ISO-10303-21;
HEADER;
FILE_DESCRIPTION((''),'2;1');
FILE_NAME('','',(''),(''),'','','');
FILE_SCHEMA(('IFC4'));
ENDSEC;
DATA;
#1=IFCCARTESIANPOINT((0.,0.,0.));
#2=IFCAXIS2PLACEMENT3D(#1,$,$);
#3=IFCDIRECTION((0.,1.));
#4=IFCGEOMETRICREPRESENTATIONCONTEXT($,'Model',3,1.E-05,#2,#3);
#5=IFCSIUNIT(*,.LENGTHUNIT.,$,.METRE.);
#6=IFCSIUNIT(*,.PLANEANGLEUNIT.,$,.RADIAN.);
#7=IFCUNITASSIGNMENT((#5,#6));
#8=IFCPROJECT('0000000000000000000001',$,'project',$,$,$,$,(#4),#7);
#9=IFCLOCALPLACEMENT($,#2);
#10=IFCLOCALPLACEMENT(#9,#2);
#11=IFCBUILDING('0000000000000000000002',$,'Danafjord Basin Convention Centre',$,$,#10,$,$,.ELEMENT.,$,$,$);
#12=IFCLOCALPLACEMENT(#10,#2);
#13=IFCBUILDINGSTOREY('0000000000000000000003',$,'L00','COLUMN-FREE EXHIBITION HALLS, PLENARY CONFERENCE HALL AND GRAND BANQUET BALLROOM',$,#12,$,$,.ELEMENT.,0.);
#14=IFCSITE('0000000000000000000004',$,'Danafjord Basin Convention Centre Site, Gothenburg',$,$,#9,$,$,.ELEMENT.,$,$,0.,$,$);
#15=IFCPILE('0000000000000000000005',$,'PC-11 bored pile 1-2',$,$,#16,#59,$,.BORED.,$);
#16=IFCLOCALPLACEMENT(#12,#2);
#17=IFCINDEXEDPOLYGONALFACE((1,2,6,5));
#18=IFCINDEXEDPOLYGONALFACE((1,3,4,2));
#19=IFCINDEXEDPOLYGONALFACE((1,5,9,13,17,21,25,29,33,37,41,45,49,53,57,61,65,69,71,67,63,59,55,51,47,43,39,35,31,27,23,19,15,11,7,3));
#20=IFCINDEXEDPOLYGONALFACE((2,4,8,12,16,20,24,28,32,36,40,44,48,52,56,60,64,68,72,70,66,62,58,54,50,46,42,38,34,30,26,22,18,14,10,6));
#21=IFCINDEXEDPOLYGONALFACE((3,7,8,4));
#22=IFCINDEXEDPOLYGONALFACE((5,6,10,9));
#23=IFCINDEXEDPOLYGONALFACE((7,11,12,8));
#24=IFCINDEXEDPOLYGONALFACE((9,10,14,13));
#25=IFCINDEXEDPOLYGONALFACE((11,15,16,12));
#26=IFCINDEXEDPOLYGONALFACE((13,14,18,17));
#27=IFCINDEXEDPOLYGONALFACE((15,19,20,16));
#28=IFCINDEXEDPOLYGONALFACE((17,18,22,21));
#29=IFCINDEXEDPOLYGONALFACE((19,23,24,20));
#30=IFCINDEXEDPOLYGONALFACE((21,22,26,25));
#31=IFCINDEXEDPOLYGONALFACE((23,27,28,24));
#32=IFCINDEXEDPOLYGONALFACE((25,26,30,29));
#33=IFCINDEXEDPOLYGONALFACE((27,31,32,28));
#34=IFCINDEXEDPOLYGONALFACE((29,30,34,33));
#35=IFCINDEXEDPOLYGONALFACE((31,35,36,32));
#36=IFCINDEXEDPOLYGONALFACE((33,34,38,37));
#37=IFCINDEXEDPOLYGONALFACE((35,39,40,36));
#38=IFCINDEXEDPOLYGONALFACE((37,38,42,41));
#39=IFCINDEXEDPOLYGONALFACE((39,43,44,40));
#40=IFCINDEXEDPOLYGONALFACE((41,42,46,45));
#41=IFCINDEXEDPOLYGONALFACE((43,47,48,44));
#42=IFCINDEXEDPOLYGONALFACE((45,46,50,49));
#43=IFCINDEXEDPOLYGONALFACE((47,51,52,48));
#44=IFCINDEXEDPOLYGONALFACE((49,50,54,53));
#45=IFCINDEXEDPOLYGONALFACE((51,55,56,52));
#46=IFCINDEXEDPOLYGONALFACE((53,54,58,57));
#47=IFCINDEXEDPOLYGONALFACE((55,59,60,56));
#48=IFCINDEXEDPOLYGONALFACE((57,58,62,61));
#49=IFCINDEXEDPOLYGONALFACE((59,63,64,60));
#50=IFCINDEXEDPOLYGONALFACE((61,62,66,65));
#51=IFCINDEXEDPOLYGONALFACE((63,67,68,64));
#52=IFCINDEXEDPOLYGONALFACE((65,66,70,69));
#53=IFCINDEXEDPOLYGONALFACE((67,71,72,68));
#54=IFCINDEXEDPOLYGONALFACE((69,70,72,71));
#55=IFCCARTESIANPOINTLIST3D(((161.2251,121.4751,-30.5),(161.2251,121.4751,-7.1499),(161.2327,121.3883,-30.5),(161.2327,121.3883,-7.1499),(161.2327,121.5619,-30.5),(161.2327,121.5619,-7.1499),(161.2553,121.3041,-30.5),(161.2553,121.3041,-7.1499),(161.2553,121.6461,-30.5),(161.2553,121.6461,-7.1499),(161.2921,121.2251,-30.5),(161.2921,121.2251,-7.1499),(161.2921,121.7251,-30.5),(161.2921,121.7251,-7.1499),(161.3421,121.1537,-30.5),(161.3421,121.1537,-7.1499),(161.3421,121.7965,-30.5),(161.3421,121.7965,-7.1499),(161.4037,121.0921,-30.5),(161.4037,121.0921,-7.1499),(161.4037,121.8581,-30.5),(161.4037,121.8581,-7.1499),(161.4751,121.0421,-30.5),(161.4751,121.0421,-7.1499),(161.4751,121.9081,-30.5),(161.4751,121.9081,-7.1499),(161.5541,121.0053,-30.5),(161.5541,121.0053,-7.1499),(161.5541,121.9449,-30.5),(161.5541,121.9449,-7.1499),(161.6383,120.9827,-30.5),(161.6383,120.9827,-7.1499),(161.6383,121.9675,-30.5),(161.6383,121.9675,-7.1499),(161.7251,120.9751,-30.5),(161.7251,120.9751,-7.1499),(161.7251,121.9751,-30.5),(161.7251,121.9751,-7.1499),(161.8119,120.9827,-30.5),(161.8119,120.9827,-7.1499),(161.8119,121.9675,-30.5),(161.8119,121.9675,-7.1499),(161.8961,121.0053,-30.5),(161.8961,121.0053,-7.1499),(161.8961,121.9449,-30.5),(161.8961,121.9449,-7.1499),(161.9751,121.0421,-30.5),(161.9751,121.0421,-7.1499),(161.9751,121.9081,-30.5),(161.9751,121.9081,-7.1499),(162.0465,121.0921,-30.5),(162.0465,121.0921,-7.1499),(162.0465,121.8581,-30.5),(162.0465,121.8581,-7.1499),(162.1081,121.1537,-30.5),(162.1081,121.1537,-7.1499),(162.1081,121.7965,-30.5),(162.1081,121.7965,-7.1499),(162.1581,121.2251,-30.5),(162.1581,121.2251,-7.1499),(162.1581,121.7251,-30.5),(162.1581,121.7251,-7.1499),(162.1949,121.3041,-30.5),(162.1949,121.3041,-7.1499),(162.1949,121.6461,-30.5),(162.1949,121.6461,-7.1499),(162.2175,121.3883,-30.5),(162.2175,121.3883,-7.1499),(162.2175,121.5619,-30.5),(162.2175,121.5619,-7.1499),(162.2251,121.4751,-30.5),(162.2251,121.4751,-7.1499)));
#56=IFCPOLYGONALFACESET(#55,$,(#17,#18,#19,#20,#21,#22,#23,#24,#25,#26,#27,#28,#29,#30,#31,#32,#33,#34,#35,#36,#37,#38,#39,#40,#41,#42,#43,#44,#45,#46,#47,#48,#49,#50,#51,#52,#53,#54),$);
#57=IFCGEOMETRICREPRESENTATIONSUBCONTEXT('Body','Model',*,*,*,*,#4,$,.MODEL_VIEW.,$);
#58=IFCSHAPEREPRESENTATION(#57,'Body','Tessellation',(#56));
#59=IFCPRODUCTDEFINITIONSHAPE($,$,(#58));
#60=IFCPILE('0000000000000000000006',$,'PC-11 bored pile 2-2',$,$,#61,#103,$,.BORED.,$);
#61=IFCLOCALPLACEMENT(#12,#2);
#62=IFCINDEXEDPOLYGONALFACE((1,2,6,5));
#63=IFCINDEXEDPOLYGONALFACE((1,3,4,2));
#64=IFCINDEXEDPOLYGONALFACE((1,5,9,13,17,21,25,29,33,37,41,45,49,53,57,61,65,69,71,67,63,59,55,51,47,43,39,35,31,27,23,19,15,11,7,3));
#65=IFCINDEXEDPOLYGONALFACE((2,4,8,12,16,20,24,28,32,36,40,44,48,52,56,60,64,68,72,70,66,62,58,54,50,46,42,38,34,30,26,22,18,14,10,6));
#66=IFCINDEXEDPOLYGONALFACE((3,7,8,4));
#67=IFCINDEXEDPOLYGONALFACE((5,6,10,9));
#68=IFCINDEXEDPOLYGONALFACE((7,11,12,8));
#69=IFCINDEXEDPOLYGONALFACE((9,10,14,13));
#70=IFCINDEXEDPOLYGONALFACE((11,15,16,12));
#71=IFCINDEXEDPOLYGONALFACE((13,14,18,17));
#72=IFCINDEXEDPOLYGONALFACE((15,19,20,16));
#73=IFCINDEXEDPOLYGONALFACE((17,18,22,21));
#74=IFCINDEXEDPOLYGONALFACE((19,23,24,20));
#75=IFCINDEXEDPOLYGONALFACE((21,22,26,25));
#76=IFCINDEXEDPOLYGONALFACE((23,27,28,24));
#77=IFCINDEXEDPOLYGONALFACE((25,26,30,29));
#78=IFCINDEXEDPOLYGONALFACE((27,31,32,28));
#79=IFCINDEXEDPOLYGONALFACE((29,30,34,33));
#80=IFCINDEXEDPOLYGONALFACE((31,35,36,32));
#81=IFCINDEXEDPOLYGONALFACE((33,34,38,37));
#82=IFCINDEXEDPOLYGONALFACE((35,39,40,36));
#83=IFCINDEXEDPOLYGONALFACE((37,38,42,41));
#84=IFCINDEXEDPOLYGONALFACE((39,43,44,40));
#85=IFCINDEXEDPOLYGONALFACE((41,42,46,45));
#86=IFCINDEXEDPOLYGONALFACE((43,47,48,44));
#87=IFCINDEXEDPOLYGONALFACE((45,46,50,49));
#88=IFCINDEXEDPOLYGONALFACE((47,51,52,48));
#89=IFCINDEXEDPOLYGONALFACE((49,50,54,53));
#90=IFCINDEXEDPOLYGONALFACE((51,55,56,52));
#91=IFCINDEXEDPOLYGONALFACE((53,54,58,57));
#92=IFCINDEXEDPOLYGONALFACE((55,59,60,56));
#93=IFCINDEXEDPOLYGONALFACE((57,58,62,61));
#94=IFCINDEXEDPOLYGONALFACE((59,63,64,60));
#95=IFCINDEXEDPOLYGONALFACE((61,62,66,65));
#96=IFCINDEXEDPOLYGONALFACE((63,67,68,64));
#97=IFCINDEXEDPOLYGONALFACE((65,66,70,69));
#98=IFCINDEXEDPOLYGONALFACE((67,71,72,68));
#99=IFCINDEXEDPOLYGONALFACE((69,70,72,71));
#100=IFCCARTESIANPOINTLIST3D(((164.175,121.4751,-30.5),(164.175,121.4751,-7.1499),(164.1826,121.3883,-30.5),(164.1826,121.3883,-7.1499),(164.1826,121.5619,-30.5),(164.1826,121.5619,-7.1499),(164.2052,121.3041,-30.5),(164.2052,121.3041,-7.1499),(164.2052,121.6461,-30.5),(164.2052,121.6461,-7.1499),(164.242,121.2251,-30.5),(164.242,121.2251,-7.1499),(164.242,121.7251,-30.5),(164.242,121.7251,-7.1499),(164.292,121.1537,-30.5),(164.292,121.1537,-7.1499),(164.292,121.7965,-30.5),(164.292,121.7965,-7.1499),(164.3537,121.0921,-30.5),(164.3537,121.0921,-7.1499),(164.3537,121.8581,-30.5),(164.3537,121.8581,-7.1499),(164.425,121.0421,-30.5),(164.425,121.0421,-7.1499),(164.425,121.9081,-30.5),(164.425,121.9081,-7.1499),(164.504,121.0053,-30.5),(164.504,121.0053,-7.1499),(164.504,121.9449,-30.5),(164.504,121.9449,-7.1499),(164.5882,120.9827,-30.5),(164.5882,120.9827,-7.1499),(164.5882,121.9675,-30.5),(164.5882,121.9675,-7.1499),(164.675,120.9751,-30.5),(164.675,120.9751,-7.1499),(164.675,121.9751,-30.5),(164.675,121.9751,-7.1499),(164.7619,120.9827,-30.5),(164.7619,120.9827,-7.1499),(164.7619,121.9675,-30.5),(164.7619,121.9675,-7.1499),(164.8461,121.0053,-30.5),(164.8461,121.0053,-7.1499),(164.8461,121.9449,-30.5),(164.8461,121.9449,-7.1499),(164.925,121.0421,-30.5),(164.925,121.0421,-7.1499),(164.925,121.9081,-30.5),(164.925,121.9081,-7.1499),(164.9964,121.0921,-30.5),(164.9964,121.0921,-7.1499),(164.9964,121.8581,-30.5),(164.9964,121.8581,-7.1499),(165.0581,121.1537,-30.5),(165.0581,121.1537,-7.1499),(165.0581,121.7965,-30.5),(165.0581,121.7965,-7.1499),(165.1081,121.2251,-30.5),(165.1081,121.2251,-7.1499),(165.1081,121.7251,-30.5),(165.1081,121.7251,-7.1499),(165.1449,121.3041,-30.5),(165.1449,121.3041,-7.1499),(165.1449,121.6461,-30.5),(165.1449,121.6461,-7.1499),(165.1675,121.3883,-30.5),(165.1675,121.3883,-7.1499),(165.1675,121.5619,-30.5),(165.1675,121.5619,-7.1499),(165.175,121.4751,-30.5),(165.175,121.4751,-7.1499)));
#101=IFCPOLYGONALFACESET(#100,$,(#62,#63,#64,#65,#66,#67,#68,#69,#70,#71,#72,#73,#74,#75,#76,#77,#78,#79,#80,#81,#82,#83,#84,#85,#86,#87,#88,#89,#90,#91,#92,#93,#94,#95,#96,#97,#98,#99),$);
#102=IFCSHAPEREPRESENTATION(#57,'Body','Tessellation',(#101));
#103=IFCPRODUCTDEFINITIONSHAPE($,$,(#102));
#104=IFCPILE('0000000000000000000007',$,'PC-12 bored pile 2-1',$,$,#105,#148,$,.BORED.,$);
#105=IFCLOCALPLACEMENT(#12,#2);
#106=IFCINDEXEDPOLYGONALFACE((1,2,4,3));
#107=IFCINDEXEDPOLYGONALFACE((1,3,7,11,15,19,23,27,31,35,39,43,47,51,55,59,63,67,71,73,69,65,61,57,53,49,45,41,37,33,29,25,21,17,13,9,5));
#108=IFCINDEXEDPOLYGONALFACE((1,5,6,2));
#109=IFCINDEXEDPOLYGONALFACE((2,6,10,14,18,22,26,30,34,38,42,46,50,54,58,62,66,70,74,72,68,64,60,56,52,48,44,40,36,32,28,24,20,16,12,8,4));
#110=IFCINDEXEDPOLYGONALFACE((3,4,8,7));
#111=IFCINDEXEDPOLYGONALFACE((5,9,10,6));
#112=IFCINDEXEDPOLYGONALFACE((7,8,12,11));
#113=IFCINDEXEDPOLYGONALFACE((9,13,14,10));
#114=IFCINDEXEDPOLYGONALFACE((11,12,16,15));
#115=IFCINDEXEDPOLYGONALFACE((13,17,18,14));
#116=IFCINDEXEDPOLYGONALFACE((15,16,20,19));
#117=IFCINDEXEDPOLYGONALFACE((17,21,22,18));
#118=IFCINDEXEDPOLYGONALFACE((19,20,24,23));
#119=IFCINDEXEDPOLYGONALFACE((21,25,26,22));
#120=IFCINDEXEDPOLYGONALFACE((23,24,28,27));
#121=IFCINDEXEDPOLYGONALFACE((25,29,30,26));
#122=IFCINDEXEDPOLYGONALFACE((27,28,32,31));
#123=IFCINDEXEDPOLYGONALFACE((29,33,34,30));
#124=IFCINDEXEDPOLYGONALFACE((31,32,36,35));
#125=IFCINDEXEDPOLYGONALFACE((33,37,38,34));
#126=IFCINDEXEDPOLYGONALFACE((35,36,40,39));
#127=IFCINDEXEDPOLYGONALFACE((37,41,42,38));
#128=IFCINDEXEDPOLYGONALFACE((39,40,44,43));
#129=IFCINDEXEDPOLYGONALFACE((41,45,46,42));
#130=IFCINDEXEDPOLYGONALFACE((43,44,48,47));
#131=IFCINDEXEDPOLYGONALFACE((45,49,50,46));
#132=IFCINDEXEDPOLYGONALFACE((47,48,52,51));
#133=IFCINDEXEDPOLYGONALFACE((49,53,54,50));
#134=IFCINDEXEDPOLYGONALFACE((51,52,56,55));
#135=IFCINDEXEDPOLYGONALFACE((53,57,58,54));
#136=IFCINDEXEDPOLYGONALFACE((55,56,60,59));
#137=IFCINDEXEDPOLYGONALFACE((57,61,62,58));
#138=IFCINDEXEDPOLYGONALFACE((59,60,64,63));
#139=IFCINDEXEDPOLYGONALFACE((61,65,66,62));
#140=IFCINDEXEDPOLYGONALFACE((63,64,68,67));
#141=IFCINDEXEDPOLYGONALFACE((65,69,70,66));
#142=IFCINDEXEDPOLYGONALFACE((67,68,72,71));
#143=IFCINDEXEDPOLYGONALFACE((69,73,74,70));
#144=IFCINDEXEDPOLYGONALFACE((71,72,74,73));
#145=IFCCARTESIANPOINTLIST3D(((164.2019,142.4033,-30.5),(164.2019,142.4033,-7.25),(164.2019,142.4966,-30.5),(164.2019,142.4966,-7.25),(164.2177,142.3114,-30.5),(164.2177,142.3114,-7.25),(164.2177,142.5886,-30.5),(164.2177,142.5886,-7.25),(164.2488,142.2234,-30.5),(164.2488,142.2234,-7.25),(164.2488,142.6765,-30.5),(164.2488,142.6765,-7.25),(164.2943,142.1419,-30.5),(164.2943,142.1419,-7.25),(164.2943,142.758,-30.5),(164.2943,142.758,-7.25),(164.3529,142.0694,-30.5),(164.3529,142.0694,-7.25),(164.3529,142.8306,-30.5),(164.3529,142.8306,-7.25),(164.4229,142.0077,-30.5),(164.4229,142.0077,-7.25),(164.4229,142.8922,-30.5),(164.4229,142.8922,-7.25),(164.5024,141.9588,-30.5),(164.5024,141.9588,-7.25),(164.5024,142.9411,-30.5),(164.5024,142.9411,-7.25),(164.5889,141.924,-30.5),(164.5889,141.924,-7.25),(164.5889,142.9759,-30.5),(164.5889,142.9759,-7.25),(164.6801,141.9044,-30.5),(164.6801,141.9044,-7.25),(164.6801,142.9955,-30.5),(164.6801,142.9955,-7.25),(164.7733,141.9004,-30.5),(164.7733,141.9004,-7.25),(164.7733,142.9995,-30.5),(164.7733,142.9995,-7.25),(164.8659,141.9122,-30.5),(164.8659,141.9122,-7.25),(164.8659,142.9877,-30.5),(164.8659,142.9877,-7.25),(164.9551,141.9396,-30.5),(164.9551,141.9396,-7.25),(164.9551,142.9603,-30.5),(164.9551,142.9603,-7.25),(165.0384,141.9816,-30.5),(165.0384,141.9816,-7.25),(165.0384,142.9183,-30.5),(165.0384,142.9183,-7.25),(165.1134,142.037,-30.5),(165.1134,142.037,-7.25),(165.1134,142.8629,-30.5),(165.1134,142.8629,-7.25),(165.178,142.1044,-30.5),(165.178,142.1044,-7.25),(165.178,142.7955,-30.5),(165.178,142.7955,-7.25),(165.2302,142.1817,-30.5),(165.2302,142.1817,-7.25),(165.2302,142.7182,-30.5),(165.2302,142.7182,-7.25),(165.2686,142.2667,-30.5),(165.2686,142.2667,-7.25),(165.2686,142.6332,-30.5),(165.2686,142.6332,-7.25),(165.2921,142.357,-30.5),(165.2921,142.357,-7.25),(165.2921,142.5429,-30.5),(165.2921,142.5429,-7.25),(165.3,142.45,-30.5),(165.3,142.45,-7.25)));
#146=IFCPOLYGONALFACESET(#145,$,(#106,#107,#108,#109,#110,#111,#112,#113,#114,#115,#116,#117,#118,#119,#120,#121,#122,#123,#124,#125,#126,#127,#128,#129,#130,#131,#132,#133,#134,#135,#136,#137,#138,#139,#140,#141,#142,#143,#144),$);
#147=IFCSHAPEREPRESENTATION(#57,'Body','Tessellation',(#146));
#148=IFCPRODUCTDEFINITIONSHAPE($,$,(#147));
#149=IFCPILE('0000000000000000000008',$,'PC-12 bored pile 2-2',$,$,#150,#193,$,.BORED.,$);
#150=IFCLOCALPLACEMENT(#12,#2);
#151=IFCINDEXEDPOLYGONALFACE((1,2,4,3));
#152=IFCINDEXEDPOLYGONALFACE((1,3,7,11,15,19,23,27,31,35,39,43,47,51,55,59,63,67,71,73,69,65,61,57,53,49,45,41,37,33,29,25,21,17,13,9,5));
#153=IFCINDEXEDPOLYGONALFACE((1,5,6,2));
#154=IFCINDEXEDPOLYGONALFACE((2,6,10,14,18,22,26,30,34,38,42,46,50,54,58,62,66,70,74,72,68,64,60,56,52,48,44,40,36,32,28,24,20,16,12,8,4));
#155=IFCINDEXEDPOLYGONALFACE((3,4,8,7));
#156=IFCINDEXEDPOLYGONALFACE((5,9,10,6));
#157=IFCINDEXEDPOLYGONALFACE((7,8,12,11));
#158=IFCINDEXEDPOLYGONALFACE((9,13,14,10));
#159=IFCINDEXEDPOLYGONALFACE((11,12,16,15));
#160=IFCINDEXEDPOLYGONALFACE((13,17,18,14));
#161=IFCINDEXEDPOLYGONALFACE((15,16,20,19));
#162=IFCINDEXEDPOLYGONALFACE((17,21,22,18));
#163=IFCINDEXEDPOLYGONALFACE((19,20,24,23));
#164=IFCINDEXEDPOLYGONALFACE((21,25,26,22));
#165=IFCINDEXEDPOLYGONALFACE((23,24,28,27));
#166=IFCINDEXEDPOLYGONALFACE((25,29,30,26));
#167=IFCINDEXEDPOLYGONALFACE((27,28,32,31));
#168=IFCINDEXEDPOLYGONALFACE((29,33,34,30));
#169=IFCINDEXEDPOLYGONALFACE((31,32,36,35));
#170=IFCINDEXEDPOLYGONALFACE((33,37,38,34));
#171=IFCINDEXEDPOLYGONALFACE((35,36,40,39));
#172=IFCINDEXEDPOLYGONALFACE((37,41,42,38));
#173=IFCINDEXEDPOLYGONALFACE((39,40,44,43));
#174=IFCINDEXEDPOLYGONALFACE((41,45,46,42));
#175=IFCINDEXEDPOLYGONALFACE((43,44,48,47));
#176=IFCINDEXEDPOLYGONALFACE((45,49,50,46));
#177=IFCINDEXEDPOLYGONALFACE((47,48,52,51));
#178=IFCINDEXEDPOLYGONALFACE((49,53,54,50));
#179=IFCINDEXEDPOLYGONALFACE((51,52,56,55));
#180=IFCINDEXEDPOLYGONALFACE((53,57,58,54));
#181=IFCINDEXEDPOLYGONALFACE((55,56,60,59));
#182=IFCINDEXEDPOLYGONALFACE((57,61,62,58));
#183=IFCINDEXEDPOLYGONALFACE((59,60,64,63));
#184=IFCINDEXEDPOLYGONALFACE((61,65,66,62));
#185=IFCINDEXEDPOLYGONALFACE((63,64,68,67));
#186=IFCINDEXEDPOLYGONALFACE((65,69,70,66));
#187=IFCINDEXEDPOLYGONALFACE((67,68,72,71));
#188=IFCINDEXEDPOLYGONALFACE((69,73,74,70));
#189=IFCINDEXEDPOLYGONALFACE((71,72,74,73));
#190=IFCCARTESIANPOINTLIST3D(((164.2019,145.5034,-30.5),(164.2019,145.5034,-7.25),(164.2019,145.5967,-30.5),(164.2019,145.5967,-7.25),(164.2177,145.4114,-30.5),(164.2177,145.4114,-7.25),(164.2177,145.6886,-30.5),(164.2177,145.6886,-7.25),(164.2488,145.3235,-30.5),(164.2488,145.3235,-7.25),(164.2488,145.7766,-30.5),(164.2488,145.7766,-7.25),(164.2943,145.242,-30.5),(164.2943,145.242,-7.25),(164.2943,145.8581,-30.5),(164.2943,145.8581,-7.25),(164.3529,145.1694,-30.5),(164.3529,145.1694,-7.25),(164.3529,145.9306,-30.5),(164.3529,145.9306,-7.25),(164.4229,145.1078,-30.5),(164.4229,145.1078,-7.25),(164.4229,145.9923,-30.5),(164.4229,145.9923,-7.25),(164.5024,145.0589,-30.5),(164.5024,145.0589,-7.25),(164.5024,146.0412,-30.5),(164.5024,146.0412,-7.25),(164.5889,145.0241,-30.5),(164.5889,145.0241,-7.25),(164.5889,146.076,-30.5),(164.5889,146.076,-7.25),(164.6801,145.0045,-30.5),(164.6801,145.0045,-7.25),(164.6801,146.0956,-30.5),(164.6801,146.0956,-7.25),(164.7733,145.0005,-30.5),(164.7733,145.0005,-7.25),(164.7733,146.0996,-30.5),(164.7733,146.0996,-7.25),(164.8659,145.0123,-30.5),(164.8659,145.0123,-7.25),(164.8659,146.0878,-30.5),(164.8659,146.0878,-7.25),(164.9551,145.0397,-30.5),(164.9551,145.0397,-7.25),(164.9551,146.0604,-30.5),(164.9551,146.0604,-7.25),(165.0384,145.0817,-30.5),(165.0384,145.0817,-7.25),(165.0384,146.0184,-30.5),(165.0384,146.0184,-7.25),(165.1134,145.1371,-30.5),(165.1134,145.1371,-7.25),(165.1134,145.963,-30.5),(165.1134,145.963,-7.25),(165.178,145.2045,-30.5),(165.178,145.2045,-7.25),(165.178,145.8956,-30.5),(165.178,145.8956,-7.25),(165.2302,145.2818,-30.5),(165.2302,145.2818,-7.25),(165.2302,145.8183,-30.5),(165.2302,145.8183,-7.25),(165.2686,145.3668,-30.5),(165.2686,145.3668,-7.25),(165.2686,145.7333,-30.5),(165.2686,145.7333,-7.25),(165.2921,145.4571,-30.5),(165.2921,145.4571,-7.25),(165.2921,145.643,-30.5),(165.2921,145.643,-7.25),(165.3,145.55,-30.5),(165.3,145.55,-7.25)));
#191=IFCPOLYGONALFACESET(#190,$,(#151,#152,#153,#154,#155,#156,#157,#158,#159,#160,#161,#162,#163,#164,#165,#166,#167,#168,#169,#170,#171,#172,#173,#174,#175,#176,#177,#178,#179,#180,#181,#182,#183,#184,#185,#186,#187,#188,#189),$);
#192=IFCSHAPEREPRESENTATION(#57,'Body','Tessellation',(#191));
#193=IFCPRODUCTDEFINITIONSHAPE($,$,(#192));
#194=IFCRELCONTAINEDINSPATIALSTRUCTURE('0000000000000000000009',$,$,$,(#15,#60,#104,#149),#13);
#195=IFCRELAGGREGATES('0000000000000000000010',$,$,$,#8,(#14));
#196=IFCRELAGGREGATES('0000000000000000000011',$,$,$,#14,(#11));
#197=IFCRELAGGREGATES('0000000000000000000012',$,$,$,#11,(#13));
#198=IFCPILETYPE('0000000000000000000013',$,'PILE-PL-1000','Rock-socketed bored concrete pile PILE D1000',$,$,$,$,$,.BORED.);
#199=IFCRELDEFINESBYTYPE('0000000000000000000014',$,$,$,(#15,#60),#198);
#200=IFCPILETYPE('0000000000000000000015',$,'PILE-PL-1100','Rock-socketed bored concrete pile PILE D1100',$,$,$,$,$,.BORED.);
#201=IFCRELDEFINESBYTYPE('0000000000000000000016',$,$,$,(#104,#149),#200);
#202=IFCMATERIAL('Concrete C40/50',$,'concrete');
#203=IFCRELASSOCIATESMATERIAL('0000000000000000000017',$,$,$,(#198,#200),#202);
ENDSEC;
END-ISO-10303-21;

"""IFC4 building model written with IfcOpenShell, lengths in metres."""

from ifc_helpers import new_model, si_unit, direction, frame, origin, origin_2d, place, context, subcontext, project, spatial, circle, extrude, material, material_profile, profile_set, type_object, element, save


model = new_model("IFC4")

# Units and contexts
model_context = context("Model", 3, precision=1e-05, world=origin(), true_north=direction((0.0, 1.0)))
body_context = subcontext(model_context, "Body", "Model", "MODEL_VIEW")
ifc_project = project(units=[si_unit("LENGTHUNIT", "METRE"), si_unit("PLANEANGLEUNIT", "RADIAN")], contexts=[model_context])

# Site, building, storey
site_placement = place(None, origin())
site = spatial("IfcSite", under=ifc_project, at=site_placement, Name="Danafjord Basin Convention Centre Site, Gothenburg", CompositionType="ELEMENT", RefElevation=0.0)
building_placement = place(site_placement, origin())
building = spatial("IfcBuilding", under=site, at=building_placement, Name="Danafjord Basin Convention Centre", CompositionType="ELEMENT")
storey_placement = place(building_placement, origin())
storey = spatial("IfcBuildingStorey", under=building, at=storey_placement, Name="L00", Description="COLUMN-FREE EXHIBITION HALLS, PLENARY CONFERENCE HALL AND GRAND BANQUET BALLROOM", CompositionType="ELEMENT", Elevation=0.0)

# Shared definitions
ifc_material_1 = material(Name="Concrete C40/50", Category="concrete")

# Piles
ifc_material_profile_1 = material_profile(ifc_material_1, circle(Radius=0.5, at=origin_2d()), Name="PILE D1000")
ifc_profile_set_1 = profile_set([ifc_material_profile_1], Name="Concrete C40/50")
pile_type_1 = type_object("IfcPileType", Name="PILE-PL-1000", Description="Rock-socketed bored concrete pile PILE D1000", PredefinedType="BORED", material=ifc_profile_set_1)
for number, where, z_axis, x_axis, name in (
    (1, (161.7251, 121.4751, -7.1499), (0.0, 0.0, -1.0), (1.0, 0.0, 0.0), "PC-11 bored pile 1-2"),
    (2, (164.675, 121.4751, -7.1499), (0.0, 0.0, -1.0), (1.0, 0.0, 0.0), "PC-11 bored pile 2-2"),
):
    element("IfcPile", number, at=place(storey_placement, frame(where, z_axis=z_axis, x_axis=x_axis)), inside=storey, type_object=pile_type_1, Name=name, PredefinedType="BORED", context=body_context, shape_type="SweptSolid", body=[
        extrude(circle(Radius=0.5, at=origin_2d()), origin(), (0.0, 0.0, 1.0), 23.3501),
    ])
ifc_material_profile_2 = material_profile(ifc_material_1, circle(Radius=0.55, at=origin_2d()), Name="PILE D1100")
ifc_profile_set_2 = profile_set([ifc_material_profile_2], Name="Concrete C40/50")
pile_type_2 = type_object("IfcPileType", Name="PILE-PL-1100", Description="Rock-socketed bored concrete pile PILE D1100", PredefinedType="BORED", material=ifc_profile_set_2)
for number, where, z_axis, x_axis, name in (
    (3, (164.75, 142.45, -7.25), (0.0, 0.0, -1.0), (1.0, 0.0, 0.0), "PC-12 bored pile 2-1"),
    (4, (164.75, 145.55, -7.25), (0.0, 0.0, -1.0), (1.0, 0.0, 0.0), "PC-12 bored pile 2-2"),
):
    element("IfcPile", number, at=place(storey_placement, frame(where, z_axis=z_axis, x_axis=x_axis)), inside=storey, type_object=pile_type_2, Name=name, PredefinedType="BORED", context=body_context, shape_type="SweptSolid", body=[
        extrude(circle(Radius=0.55, at=origin_2d()), origin(), (0.0, 0.0, 1.0), 23.25),
    ])

save(model, "model.ifc")
